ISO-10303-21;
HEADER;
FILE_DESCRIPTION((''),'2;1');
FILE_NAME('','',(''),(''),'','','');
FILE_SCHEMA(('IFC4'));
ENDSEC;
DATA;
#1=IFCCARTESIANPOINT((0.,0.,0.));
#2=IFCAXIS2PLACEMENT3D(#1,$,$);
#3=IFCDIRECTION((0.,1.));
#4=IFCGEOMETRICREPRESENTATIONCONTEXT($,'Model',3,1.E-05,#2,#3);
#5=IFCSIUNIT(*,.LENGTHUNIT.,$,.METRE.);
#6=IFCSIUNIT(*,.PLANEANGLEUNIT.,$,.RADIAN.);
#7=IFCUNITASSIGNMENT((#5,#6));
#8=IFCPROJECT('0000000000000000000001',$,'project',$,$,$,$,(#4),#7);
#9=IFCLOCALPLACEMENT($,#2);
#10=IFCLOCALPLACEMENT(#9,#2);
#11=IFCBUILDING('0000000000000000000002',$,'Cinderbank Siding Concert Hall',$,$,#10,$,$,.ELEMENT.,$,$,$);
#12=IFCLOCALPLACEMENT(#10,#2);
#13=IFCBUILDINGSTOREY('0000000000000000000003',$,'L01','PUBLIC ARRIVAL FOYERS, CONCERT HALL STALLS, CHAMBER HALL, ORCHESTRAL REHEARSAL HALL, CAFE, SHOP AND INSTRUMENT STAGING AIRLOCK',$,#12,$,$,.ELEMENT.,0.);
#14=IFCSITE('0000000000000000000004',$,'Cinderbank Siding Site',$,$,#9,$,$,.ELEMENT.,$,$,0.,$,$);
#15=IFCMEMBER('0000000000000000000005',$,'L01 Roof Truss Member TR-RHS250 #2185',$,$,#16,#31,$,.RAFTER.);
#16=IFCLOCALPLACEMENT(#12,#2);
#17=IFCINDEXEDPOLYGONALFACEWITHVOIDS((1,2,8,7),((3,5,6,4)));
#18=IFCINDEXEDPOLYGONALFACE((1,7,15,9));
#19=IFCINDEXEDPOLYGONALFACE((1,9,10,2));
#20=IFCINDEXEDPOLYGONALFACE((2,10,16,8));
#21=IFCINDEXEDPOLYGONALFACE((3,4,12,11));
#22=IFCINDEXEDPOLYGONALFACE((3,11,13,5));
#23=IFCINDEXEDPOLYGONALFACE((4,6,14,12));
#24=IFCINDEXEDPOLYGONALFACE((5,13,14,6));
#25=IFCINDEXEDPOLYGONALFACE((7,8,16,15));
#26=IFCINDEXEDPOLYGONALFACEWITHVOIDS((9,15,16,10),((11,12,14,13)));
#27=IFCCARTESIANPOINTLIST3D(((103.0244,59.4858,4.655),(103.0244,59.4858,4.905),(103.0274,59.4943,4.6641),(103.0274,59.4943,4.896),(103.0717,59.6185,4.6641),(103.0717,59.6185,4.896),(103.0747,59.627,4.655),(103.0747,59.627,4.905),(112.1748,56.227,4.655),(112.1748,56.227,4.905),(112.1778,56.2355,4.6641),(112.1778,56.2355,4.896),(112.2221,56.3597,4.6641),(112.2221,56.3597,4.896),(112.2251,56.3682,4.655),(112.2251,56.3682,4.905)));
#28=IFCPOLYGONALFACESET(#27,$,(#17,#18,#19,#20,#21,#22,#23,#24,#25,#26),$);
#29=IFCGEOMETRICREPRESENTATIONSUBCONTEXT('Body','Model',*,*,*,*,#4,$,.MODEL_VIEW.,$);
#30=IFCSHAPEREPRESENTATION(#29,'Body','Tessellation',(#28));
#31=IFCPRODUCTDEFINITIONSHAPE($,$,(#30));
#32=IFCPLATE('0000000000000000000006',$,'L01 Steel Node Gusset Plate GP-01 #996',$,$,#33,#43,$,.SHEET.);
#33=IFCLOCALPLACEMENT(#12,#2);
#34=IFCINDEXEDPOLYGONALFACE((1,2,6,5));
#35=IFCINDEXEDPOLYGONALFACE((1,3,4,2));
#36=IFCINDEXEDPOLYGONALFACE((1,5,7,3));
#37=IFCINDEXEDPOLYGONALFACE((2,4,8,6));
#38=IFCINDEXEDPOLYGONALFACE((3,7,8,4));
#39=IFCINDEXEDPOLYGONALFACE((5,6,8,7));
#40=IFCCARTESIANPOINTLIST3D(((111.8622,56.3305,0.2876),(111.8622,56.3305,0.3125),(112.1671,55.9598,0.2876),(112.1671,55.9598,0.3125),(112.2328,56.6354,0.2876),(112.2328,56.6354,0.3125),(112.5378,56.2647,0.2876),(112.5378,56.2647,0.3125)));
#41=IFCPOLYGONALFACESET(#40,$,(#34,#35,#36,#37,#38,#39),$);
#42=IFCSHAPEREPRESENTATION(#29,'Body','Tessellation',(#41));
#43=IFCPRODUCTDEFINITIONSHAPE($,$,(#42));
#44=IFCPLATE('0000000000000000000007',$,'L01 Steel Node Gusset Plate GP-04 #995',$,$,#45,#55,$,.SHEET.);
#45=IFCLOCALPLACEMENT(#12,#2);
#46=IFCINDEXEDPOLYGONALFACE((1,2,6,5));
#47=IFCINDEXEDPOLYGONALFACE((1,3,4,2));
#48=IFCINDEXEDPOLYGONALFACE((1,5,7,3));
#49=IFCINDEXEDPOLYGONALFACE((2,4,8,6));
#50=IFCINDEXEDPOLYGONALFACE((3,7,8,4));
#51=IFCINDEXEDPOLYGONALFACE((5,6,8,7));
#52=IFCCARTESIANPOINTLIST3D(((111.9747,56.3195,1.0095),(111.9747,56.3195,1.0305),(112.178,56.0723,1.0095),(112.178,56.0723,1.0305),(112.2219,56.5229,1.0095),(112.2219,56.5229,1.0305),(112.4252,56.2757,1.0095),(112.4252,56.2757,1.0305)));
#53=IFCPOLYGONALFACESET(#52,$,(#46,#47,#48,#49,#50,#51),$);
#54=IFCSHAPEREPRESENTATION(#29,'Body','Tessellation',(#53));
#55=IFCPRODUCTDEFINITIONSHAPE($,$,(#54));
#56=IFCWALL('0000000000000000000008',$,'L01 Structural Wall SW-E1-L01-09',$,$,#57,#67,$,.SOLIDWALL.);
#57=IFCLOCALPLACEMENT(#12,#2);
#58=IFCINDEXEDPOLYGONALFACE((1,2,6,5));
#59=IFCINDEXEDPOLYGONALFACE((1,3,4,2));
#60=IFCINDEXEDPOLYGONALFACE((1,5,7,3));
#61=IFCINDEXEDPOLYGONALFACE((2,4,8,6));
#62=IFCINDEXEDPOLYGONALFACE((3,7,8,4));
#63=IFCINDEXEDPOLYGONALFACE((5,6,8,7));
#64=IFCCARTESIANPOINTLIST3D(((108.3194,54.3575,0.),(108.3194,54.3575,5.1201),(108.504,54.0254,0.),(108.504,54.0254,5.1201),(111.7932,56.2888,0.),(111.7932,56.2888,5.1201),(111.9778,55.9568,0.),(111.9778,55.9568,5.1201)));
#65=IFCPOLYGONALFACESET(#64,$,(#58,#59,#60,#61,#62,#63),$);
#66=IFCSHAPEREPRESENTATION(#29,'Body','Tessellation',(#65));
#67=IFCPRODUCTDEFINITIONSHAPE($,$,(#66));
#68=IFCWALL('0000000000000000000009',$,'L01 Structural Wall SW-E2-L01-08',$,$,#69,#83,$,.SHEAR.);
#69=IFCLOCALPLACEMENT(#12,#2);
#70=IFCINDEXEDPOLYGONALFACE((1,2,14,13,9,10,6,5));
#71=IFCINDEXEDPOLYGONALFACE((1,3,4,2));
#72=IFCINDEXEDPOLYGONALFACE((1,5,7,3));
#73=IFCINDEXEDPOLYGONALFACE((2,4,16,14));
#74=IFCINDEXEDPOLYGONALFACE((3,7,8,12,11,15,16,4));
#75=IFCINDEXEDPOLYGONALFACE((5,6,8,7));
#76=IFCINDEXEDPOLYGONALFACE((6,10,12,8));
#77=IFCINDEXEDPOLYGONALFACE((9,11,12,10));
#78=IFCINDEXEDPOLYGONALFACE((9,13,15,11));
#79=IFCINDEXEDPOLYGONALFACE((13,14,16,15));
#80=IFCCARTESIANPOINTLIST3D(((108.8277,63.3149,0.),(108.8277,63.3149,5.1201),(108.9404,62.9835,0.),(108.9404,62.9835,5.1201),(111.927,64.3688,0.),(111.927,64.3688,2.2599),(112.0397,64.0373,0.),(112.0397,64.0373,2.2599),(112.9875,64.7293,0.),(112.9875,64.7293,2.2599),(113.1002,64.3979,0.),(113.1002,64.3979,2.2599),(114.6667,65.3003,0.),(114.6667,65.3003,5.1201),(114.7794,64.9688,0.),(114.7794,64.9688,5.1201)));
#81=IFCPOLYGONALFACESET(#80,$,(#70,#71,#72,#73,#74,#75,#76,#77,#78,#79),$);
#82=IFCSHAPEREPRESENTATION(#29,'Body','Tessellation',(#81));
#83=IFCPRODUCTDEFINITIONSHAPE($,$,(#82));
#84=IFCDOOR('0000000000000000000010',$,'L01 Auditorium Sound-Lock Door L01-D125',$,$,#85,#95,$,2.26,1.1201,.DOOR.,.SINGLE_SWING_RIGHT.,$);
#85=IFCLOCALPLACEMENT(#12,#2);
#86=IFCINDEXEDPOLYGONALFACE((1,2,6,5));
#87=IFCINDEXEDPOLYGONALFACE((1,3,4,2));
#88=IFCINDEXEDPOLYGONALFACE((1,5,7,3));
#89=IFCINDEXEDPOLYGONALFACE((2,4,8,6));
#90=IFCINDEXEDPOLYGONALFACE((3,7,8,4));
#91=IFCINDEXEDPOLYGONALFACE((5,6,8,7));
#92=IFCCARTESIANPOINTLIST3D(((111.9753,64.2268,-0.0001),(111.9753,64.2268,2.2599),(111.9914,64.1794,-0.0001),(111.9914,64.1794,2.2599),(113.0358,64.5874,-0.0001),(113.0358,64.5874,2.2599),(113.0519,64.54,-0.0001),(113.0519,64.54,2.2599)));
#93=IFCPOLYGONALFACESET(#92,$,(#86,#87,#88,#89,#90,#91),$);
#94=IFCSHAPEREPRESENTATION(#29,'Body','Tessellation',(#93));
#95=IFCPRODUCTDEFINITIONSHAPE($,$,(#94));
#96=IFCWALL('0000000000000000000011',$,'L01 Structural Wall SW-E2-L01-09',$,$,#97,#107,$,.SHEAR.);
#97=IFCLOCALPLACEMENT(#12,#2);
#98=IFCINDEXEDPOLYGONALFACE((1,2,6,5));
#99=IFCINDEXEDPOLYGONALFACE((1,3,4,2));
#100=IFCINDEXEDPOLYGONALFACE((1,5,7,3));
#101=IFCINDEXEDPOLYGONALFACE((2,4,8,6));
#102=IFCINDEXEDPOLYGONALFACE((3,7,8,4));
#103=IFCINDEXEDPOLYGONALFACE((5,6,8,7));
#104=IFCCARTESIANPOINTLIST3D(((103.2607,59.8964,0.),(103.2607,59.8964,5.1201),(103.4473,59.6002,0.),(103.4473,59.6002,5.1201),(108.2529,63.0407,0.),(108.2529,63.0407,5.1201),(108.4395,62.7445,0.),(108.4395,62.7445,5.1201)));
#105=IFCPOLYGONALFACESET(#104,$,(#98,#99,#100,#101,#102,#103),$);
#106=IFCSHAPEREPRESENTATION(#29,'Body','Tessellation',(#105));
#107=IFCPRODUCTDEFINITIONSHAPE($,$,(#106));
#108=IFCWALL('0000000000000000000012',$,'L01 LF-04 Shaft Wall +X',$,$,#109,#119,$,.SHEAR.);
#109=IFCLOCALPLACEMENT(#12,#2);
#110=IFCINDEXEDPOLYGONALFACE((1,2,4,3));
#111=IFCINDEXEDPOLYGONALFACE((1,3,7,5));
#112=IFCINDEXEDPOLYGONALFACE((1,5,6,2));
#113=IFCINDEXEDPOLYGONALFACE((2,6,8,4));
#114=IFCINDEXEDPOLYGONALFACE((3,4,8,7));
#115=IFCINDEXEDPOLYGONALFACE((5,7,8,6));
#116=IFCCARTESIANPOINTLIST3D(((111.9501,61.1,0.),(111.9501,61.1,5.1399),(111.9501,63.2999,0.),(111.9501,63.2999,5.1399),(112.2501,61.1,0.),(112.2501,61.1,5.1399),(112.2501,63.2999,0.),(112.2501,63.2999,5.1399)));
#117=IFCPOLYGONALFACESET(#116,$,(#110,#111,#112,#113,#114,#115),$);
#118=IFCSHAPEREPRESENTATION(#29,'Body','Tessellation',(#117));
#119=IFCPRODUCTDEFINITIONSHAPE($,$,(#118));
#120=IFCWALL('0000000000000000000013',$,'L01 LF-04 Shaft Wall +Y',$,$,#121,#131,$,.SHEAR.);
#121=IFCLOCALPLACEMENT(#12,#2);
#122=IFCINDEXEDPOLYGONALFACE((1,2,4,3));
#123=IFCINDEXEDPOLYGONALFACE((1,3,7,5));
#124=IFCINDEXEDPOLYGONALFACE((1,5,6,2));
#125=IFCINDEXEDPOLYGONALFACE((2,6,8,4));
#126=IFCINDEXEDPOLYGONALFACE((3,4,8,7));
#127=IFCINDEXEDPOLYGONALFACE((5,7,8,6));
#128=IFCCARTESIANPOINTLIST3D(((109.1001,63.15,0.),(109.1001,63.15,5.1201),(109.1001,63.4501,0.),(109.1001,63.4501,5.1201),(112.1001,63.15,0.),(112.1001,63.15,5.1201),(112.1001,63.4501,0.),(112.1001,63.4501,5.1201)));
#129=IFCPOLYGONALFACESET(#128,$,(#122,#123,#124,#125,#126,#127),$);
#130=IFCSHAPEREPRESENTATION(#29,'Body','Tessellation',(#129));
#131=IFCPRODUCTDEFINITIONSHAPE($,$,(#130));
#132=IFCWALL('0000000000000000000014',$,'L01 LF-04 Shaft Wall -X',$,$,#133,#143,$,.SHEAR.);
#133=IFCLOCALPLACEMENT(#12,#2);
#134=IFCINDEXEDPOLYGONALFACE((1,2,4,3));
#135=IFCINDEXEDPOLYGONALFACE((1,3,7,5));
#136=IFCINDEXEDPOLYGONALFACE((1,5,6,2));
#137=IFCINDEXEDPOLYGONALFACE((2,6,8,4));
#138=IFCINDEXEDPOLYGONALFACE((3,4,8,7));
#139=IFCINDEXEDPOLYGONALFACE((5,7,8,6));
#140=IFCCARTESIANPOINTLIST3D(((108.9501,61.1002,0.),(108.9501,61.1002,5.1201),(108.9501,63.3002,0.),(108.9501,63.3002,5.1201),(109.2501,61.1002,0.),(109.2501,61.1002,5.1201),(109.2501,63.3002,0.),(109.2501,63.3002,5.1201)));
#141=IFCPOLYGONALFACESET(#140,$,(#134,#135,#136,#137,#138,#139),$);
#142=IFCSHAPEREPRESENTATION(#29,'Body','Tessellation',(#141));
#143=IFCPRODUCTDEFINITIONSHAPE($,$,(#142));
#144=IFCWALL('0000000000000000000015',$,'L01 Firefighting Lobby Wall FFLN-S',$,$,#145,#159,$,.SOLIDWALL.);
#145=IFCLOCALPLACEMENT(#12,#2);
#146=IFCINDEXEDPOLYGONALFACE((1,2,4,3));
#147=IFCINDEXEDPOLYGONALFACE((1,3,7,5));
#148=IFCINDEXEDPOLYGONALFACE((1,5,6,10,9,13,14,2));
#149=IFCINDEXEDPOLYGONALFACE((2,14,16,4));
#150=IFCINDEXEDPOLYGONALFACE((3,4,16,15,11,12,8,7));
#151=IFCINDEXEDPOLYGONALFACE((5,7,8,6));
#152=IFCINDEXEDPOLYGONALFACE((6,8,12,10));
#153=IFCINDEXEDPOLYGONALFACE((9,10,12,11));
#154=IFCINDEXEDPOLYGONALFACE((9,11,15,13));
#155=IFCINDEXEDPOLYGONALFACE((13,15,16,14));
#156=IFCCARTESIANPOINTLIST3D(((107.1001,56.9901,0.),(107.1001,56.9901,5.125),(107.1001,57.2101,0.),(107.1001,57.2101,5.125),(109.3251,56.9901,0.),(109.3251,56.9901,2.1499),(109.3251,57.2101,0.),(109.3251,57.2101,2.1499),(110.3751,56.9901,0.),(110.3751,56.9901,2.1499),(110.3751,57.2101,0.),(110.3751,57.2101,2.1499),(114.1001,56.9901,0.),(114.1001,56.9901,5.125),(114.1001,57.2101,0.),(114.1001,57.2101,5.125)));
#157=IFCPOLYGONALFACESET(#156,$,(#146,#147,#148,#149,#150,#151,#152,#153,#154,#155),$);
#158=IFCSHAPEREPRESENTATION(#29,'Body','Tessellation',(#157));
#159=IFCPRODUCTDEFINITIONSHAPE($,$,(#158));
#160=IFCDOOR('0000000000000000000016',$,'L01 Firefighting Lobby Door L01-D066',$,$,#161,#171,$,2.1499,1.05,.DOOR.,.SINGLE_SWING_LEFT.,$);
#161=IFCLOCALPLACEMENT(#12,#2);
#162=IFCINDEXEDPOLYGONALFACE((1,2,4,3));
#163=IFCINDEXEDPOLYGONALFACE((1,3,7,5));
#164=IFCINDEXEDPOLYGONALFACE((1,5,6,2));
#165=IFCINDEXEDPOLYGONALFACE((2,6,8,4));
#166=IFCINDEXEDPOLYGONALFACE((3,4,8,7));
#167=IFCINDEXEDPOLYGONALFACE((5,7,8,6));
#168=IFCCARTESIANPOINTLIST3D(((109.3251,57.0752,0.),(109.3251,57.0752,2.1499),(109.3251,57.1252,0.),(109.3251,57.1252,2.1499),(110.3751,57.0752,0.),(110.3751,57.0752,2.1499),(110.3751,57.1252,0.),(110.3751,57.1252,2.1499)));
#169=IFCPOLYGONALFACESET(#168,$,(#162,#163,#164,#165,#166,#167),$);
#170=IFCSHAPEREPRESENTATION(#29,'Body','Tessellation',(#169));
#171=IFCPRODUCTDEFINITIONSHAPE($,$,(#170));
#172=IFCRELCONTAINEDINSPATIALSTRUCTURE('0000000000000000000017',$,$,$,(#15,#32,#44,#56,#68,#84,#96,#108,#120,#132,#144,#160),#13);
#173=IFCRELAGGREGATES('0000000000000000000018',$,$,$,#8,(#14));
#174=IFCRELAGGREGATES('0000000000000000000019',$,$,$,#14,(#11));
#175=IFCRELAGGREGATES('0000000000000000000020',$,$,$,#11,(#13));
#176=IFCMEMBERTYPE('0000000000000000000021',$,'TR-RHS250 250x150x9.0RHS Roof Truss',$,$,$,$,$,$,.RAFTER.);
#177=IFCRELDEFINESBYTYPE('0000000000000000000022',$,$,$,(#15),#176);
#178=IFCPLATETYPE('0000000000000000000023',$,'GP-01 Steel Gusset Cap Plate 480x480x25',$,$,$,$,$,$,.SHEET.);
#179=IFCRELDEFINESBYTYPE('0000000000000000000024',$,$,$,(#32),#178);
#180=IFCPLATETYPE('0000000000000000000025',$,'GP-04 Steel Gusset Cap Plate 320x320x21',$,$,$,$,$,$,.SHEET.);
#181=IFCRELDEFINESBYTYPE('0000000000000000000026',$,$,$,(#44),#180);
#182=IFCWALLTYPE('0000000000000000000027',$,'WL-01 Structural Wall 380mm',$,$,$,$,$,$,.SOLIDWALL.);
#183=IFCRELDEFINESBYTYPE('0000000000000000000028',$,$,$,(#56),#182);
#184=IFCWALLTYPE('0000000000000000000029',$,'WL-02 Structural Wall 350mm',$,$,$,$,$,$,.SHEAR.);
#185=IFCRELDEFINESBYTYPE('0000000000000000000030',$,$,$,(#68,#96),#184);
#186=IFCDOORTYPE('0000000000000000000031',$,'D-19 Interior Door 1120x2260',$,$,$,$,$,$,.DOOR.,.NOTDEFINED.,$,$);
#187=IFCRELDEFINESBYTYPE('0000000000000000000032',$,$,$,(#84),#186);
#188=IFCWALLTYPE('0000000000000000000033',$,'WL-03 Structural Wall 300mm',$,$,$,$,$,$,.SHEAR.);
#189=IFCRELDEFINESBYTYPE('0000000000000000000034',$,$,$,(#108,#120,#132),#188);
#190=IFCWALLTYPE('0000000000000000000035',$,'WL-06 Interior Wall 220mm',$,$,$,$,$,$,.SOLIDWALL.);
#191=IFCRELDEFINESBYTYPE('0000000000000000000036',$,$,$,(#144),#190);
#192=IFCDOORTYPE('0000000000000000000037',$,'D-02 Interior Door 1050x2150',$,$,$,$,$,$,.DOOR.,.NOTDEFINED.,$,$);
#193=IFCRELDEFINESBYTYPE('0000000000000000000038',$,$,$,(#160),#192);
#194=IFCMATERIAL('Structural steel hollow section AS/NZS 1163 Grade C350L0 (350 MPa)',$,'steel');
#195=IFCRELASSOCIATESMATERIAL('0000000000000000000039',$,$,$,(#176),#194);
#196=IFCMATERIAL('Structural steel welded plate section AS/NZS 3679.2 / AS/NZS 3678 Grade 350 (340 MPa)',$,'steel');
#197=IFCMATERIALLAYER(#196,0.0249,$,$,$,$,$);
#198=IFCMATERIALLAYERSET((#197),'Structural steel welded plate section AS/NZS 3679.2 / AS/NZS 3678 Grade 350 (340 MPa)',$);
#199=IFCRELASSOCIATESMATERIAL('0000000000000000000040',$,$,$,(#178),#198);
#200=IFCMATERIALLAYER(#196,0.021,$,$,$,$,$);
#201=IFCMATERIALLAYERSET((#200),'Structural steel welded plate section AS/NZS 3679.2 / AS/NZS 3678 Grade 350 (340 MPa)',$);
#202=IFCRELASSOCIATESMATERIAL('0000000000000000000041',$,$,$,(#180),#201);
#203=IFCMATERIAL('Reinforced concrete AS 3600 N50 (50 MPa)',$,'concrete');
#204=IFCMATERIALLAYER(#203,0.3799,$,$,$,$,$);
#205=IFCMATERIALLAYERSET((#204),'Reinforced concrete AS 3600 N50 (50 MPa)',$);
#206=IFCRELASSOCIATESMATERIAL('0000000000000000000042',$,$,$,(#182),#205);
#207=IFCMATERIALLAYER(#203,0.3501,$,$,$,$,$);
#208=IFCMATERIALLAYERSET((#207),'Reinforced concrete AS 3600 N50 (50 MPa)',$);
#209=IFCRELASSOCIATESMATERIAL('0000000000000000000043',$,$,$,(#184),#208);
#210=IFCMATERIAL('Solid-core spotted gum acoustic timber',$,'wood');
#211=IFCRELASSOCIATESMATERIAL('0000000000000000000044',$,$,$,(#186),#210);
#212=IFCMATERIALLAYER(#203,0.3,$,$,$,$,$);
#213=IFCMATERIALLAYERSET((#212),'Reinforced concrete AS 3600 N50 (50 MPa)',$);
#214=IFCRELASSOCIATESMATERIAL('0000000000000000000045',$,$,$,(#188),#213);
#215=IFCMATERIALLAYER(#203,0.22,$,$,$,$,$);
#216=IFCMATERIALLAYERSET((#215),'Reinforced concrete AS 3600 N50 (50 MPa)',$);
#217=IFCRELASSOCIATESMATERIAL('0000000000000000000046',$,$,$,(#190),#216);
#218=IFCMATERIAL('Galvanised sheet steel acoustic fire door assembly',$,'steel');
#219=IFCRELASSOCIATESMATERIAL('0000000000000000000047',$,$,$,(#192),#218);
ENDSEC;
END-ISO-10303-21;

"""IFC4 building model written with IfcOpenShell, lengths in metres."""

from ifc_helpers import new_model, si_unit, direction, frame, frame_2d, origin, origin_2d, place, context, subcontext, project, spatial, rectangle, hollow_rectangle, extrude, material, layer, layer_set, material_profile, profile_set, type_object, element, fill, save


model = new_model("IFC4")

# Units and contexts
model_context = context("Model", 3, precision=1e-05, world=origin(), true_north=direction((0.0, 1.0)))
body_context = subcontext(model_context, "Body", "Model", "MODEL_VIEW")
ifc_project = project(units=[si_unit("LENGTHUNIT", "METRE"), si_unit("PLANEANGLEUNIT", "RADIAN")], contexts=[model_context])

# Site, building, storey
site_placement = place(None, origin())
site = spatial("IfcSite", under=ifc_project, at=site_placement, Name="Cinderbank Siding Site", CompositionType="ELEMENT", RefElevation=0.0)
building_placement = place(site_placement, origin())
building = spatial("IfcBuilding", under=site, at=building_placement, Name="Cinderbank Siding Concert Hall", CompositionType="ELEMENT")
storey_placement = place(building_placement, origin())
storey = spatial("IfcBuildingStorey", under=building, at=storey_placement, Name="L01", Description="PUBLIC ARRIVAL FOYERS, CONCERT HALL STALLS, CHAMBER HALL, ORCHESTRAL REHEARSAL HALL, CAFE, SHOP AND INSTRUMENT STAGING AIRLOCK", CompositionType="ELEMENT", Elevation=0.0)

# Shared definitions
ifc_material_1 = material(Name="Reinforced concrete AS 3600 N50 (50 MPa)", Category="concrete")

# Shared definitions
ifc_material_2 = material(Name="Structural steel hollow section AS/NZS 1163 Grade C350L0 (350 MPa)", Category="steel")

# Member
ifc_material_profile_1 = material_profile(ifc_material_2, hollow_rectangle(XDim=0.1499, YDim=0.25, WallThickness=0.009, at=origin_2d()), Name="250x150x9.0RHS", Category="LoadBearing")
ifc_profile_set_1 = profile_set([ifc_material_profile_1], Name="Structural steel hollow section AS/NZS 1163 Grade C350L0 (350 MPa)")
member_type_1 = type_object("IfcMemberType", Name="TR-RHS250 250x150x9.0RHS Roof Truss", PredefinedType="RAFTER", material=ifc_profile_set_1)
member_1_placement = place(storey_placement, frame((112.2, 56.2976, 4.78), z_axis=(-0.942042, 0.335496, 0.0), x_axis=(-0.335496, -0.942042, 0.0)))
element("IfcMember", 1, at=member_1_placement, inside=storey, type_object=member_type_1, Name="L01 Roof Truss Member TR-RHS250 #2185", PredefinedType="RAFTER", context=body_context, shape_type="SweptSolid", body=[
    extrude(hollow_rectangle(XDim=0.1499, YDim=0.25, WallThickness=0.009, at=origin_2d()), origin(), (0.0, 0.0, 1.0), 9.7134),
])

# Plates
ifc_material_3 = material(Name="Structural steel welded plate section AS/NZS 3679.2 / AS/NZS 3678 Grade 350 (340 MPa)", Category="steel")
ifc_layer_1 = layer(ifc_material_3, 0.0249)
ifc_layer_set_1 = layer_set([ifc_layer_1], Name="Structural steel welded plate section AS/NZS 3679.2 / AS/NZS 3678 Grade 350 (340 MPa)")
plate_type_1 = type_object("IfcPlateType", Name="GP-01 Steel Gusset Cap Plate 480x480x25", PredefinedType="SHEET", material=ifc_layer_set_1)
plate_1_placement = place(storey_placement, frame((112.2, 56.2976, 0.2876), z_axis=(0.0, 0.0, 1.0), x_axis=(0.63527, -0.77229, 0.0)))
element("IfcPlate", 2, at=plate_1_placement, inside=storey, type_object=plate_type_1, Name="L01 Steel Node Gusset Plate GP-01 #996", PredefinedType="SHEET", context=body_context, shape_type="SweptSolid", body=[
    extrude(rectangle(XDim=0.48, YDim=0.48, at=origin_2d()), origin(), (0.0, 0.0, 1.0), 0.0249),
])
ifc_layer_2 = layer(ifc_material_3, 0.021)
ifc_layer_set_2 = layer_set([ifc_layer_2], Name="Structural steel welded plate section AS/NZS 3679.2 / AS/NZS 3678 Grade 350 (340 MPa)")
plate_type_2 = type_object("IfcPlateType", Name="GP-04 Steel Gusset Cap Plate 320x320x21", PredefinedType="SHEET", material=ifc_layer_set_2)
plate_2_placement = place(storey_placement, frame((112.2, 56.2976, 1.0095), z_axis=(0.0, 0.0, 1.0), x_axis=(-0.63527, 0.77229, 0.0)))
element("IfcPlate", 3, at=plate_2_placement, inside=storey, type_object=plate_type_2, Name="L01 Steel Node Gusset Plate GP-04 #995", PredefinedType="SHEET", context=body_context, shape_type="SweptSolid", body=[
    extrude(rectangle(XDim=0.3201, YDim=0.3201, at=origin_2d()), origin(), (0.0, 0.0, 1.0), 0.021),
])

# Wall
ifc_layer_3 = layer(ifc_material_1, 0.3799)
ifc_layer_set_3 = layer_set([ifc_layer_3], Name="Reinforced concrete AS 3600 N50 (50 MPa)")
wall_type_1 = type_object("IfcWallType", Name="WL-01 Structural Wall 380mm", PredefinedType="SOLIDWALL", material=ifc_layer_set_3)
wall_1_placement = place(storey_placement, frame((111.8855, 56.1228, 0.0), z_axis=(0.0, 0.0, 1.0), x_axis=(-0.874001, -0.485925, 0.0)))
element("IfcWall", 4, at=wall_1_placement, inside=storey, type_object=wall_type_1, Name="L01 Structural Wall SW-E1-L01-09", PredefinedType="SOLIDWALL", context=body_context, shape_type="SweptSolid", body=[
    extrude(rectangle(XDim=3.9746, YDim=0.3799, at=frame_2d((1.9873, 0.0))), origin(), (0.0, 0.0, 1.0), 5.1201),
])

# Wall, opening, door
ifc_layer_4 = layer(ifc_material_1, 0.3501)
ifc_layer_set_4 = layer_set([ifc_layer_4], Name="Reinforced concrete AS 3600 N50 (50 MPa)")
wall_type_2 = type_object("IfcWallType", Name="WL-02 Structural Wall 350mm", PredefinedType="SHEAR", material=ifc_layer_set_4)
wall_2_placement = place(storey_placement, frame((114.7229, 65.1345, 0.0), z_axis=(0.0, 0.0, 1.0), x_axis=(-0.946766, -0.321923, 0.0)))
wall_2 = element("IfcWall", 5, at=wall_2_placement, inside=storey, type_object=wall_type_2, Name="L01 Structural Wall SW-E2-L01-08", PredefinedType="SHEAR", context=body_context, shape_type="SweptSolid", body=[
    extrude(rectangle(XDim=6.1672, YDim=0.3501, at=frame_2d((3.0835, 0.0))), origin(), (0.0, 0.0, 1.0), 5.1201),
])
opening_1_placement = place(wall_2_placement, frame((1.7734, 0.0, 0.0)))
opening_1 = element("IfcOpeningElement", 6, at=opening_1_placement, cuts=wall_2, PredefinedType="OPENING", context=body_context, shape_type="SweptSolid", body=[
    extrude(rectangle(XDim=1.1201, YDim=2.26, at=frame_2d((0.5601, 1.1299))), frame((0.0, 0.187, 0.0), z_axis=(0.0, -1.0, 0.0), x_axis=(1.0, 0.0, 0.0)), (0.0, 0.0, 1.0), 0.374),
])
ifc_material_4 = material(Name="Solid-core spotted gum acoustic timber", Category="wood")
door_type_1 = type_object("IfcDoorType", Name="D-19 Interior Door 1120x2260", OperationType="NOTDEFINED", PredefinedType="DOOR", material=ifc_material_4)
door_1_placement = place(opening_1_placement, origin())
door_1 = element("IfcDoor", 7, at=door_1_placement, inside=storey, type_object=door_type_1, Name="L01 Auditorium Sound-Lock Door L01-D125", OperationType="SINGLE_SWING_RIGHT", OverallHeight=2.26, OverallWidth=1.1201, PredefinedType="DOOR", context=body_context, shape_type="SweptSolid", body=[
    extrude(rectangle(XDim=1.1201, YDim=2.26, at=frame_2d((0.5601, 1.1299))), frame((0.0, 0.0249, 0.0), z_axis=(0.0, -1.0, 0.0), x_axis=(1.0, 0.0, 0.0)), (0.0, 0.0, 1.0), 0.05),
])
fill(opening_1, door_1)

# Wall
wall_3_placement = place(storey_placement, frame((108.3462, 62.8926, 0.0), z_axis=(0.0, 0.0, 1.0), x_axis=(-0.846152, -0.532942, 0.0)))
element("IfcWall", 8, at=wall_3_placement, inside=storey, type_object=wall_type_2, Name="L01 Structural Wall SW-E2-L01-09", PredefinedType="SHEAR", context=body_context, shape_type="SweptSolid", body=[
    extrude(rectangle(XDim=5.8999, YDim=0.3501, at=frame_2d((2.95, 0.0))), origin(), (0.0, 0.0, 1.0), 5.1201),
])

# Shared definitions
ifc_layer_5 = layer(ifc_material_1, 0.3)
ifc_layer_set_5 = layer_set([ifc_layer_5], Name="Reinforced concrete AS 3600 N50 (50 MPa)")
wall_type_3 = type_object("IfcWallType", Name="WL-03 Structural Wall 300mm", PredefinedType="SHEAR", material=ifc_layer_set_5)
ifc_material_5 = material(Name="Galvanised sheet steel acoustic fire door assembly", Category="steel")

# Walls
wall_4_placement = place(storey_placement, frame((112.1001, 63.3, 0.0), z_axis=(0.0, 0.0, 1.0), x_axis=(0.0, -1.0, 0.0)))
element("IfcWall", 9, at=wall_4_placement, inside=storey, type_object=wall_type_3, Name="L01 LF-04 Shaft Wall +X", PredefinedType="SHEAR", context=body_context, shape_type="SweptSolid", body=[
    extrude(rectangle(XDim=2.2, YDim=0.3, at=frame_2d((1.1001, 0.0))), origin(), (0.0, 0.0, 1.0), 5.1399),
])
wall_5_placement = place(storey_placement, frame((109.1001, 63.3, 0.0), z_axis=(0.0, 0.0, 1.0), x_axis=(1.0, 0.0, 0.0)))
element("IfcWall", 10, at=wall_5_placement, inside=storey, type_object=wall_type_3, Name="L01 LF-04 Shaft Wall +Y", PredefinedType="SHEAR", context=body_context, shape_type="SweptSolid", body=[
    extrude(rectangle(XDim=3.0, YDim=0.3, at=frame_2d((1.5, 0.0))), origin(), (0.0, 0.0, 1.0), 5.1201),
])
wall_6_placement = place(storey_placement, frame((109.1001, 61.1001, 0.0), z_axis=(0.0, 0.0, 1.0), x_axis=(0.0, 1.0, 0.0)))
element("IfcWall", 11, at=wall_6_placement, inside=storey, type_object=wall_type_3, Name="L01 LF-04 Shaft Wall -X", PredefinedType="SHEAR", context=body_context, shape_type="SweptSolid", body=[
    extrude(rectangle(XDim=2.2, YDim=0.3, at=frame_2d((1.1001, 0.0))), origin(), (0.0, 0.0, 1.0), 5.1201),
])

# Wall, opening, door
ifc_layer_6 = layer(ifc_material_1, 0.22)
ifc_layer_set_6 = layer_set([ifc_layer_6], Name="Reinforced concrete AS 3600 N50 (50 MPa)")
wall_type_4 = type_object("IfcWallType", Name="WL-06 Interior Wall 220mm", PredefinedType="SOLIDWALL", material=ifc_layer_set_6)
wall_7_placement = place(storey_placement, frame((114.1001, 57.1001, 0.0), z_axis=(0.0, 0.0, 1.0), x_axis=(-1.0, 0.0, 0.0)))
wall_7 = element("IfcWall", 12, at=wall_7_placement, inside=storey, type_object=wall_type_4, Name="L01 Firefighting Lobby Wall FFLN-S", PredefinedType="SOLIDWALL", context=body_context, shape_type="SweptSolid", body=[
    extrude(rectangle(XDim=7.0, YDim=0.22, at=frame_2d((3.5, 0.0))), origin(), (0.0, 0.0, 1.0), 5.125),
])
opening_2_placement = place(wall_7_placement, frame((3.7251, 0.0, 0.0)))
opening_2 = element("IfcOpeningElement", 13, at=opening_2_placement, cuts=wall_7, PredefinedType="OPENING", context=body_context, shape_type="SweptSolid", body=[
    extrude(rectangle(XDim=1.05, YDim=2.1499, at=frame_2d((0.5249, 1.075))), frame((0.0, 0.1221, 0.0), z_axis=(0.0, -1.0, 0.0), x_axis=(1.0, 0.0, 0.0)), (0.0, 0.0, 1.0), 0.2439),
])
door_type_2 = type_object("IfcDoorType", Name="D-02 Interior Door 1050x2150", OperationType="NOTDEFINED", PredefinedType="DOOR", material=ifc_material_5)
door_2_placement = place(opening_2_placement, origin())
door_2 = element("IfcDoor", 14, at=door_2_placement, inside=storey, type_object=door_type_2, Name="L01 Firefighting Lobby Door L01-D066", OperationType="SINGLE_SWING_LEFT", OverallHeight=2.1499, OverallWidth=1.05, PredefinedType="DOOR", context=body_context, shape_type="SweptSolid", body=[
    extrude(rectangle(XDim=1.05, YDim=2.1499, at=frame_2d((0.5249, 1.075))), frame((0.0, 0.0249, 0.0), z_axis=(0.0, -1.0, 0.0), x_axis=(1.0, 0.0, 0.0)), (0.0, 0.0, 1.0), 0.05),
])
fill(opening_2, door_2)

save(model, "model.ifc")
